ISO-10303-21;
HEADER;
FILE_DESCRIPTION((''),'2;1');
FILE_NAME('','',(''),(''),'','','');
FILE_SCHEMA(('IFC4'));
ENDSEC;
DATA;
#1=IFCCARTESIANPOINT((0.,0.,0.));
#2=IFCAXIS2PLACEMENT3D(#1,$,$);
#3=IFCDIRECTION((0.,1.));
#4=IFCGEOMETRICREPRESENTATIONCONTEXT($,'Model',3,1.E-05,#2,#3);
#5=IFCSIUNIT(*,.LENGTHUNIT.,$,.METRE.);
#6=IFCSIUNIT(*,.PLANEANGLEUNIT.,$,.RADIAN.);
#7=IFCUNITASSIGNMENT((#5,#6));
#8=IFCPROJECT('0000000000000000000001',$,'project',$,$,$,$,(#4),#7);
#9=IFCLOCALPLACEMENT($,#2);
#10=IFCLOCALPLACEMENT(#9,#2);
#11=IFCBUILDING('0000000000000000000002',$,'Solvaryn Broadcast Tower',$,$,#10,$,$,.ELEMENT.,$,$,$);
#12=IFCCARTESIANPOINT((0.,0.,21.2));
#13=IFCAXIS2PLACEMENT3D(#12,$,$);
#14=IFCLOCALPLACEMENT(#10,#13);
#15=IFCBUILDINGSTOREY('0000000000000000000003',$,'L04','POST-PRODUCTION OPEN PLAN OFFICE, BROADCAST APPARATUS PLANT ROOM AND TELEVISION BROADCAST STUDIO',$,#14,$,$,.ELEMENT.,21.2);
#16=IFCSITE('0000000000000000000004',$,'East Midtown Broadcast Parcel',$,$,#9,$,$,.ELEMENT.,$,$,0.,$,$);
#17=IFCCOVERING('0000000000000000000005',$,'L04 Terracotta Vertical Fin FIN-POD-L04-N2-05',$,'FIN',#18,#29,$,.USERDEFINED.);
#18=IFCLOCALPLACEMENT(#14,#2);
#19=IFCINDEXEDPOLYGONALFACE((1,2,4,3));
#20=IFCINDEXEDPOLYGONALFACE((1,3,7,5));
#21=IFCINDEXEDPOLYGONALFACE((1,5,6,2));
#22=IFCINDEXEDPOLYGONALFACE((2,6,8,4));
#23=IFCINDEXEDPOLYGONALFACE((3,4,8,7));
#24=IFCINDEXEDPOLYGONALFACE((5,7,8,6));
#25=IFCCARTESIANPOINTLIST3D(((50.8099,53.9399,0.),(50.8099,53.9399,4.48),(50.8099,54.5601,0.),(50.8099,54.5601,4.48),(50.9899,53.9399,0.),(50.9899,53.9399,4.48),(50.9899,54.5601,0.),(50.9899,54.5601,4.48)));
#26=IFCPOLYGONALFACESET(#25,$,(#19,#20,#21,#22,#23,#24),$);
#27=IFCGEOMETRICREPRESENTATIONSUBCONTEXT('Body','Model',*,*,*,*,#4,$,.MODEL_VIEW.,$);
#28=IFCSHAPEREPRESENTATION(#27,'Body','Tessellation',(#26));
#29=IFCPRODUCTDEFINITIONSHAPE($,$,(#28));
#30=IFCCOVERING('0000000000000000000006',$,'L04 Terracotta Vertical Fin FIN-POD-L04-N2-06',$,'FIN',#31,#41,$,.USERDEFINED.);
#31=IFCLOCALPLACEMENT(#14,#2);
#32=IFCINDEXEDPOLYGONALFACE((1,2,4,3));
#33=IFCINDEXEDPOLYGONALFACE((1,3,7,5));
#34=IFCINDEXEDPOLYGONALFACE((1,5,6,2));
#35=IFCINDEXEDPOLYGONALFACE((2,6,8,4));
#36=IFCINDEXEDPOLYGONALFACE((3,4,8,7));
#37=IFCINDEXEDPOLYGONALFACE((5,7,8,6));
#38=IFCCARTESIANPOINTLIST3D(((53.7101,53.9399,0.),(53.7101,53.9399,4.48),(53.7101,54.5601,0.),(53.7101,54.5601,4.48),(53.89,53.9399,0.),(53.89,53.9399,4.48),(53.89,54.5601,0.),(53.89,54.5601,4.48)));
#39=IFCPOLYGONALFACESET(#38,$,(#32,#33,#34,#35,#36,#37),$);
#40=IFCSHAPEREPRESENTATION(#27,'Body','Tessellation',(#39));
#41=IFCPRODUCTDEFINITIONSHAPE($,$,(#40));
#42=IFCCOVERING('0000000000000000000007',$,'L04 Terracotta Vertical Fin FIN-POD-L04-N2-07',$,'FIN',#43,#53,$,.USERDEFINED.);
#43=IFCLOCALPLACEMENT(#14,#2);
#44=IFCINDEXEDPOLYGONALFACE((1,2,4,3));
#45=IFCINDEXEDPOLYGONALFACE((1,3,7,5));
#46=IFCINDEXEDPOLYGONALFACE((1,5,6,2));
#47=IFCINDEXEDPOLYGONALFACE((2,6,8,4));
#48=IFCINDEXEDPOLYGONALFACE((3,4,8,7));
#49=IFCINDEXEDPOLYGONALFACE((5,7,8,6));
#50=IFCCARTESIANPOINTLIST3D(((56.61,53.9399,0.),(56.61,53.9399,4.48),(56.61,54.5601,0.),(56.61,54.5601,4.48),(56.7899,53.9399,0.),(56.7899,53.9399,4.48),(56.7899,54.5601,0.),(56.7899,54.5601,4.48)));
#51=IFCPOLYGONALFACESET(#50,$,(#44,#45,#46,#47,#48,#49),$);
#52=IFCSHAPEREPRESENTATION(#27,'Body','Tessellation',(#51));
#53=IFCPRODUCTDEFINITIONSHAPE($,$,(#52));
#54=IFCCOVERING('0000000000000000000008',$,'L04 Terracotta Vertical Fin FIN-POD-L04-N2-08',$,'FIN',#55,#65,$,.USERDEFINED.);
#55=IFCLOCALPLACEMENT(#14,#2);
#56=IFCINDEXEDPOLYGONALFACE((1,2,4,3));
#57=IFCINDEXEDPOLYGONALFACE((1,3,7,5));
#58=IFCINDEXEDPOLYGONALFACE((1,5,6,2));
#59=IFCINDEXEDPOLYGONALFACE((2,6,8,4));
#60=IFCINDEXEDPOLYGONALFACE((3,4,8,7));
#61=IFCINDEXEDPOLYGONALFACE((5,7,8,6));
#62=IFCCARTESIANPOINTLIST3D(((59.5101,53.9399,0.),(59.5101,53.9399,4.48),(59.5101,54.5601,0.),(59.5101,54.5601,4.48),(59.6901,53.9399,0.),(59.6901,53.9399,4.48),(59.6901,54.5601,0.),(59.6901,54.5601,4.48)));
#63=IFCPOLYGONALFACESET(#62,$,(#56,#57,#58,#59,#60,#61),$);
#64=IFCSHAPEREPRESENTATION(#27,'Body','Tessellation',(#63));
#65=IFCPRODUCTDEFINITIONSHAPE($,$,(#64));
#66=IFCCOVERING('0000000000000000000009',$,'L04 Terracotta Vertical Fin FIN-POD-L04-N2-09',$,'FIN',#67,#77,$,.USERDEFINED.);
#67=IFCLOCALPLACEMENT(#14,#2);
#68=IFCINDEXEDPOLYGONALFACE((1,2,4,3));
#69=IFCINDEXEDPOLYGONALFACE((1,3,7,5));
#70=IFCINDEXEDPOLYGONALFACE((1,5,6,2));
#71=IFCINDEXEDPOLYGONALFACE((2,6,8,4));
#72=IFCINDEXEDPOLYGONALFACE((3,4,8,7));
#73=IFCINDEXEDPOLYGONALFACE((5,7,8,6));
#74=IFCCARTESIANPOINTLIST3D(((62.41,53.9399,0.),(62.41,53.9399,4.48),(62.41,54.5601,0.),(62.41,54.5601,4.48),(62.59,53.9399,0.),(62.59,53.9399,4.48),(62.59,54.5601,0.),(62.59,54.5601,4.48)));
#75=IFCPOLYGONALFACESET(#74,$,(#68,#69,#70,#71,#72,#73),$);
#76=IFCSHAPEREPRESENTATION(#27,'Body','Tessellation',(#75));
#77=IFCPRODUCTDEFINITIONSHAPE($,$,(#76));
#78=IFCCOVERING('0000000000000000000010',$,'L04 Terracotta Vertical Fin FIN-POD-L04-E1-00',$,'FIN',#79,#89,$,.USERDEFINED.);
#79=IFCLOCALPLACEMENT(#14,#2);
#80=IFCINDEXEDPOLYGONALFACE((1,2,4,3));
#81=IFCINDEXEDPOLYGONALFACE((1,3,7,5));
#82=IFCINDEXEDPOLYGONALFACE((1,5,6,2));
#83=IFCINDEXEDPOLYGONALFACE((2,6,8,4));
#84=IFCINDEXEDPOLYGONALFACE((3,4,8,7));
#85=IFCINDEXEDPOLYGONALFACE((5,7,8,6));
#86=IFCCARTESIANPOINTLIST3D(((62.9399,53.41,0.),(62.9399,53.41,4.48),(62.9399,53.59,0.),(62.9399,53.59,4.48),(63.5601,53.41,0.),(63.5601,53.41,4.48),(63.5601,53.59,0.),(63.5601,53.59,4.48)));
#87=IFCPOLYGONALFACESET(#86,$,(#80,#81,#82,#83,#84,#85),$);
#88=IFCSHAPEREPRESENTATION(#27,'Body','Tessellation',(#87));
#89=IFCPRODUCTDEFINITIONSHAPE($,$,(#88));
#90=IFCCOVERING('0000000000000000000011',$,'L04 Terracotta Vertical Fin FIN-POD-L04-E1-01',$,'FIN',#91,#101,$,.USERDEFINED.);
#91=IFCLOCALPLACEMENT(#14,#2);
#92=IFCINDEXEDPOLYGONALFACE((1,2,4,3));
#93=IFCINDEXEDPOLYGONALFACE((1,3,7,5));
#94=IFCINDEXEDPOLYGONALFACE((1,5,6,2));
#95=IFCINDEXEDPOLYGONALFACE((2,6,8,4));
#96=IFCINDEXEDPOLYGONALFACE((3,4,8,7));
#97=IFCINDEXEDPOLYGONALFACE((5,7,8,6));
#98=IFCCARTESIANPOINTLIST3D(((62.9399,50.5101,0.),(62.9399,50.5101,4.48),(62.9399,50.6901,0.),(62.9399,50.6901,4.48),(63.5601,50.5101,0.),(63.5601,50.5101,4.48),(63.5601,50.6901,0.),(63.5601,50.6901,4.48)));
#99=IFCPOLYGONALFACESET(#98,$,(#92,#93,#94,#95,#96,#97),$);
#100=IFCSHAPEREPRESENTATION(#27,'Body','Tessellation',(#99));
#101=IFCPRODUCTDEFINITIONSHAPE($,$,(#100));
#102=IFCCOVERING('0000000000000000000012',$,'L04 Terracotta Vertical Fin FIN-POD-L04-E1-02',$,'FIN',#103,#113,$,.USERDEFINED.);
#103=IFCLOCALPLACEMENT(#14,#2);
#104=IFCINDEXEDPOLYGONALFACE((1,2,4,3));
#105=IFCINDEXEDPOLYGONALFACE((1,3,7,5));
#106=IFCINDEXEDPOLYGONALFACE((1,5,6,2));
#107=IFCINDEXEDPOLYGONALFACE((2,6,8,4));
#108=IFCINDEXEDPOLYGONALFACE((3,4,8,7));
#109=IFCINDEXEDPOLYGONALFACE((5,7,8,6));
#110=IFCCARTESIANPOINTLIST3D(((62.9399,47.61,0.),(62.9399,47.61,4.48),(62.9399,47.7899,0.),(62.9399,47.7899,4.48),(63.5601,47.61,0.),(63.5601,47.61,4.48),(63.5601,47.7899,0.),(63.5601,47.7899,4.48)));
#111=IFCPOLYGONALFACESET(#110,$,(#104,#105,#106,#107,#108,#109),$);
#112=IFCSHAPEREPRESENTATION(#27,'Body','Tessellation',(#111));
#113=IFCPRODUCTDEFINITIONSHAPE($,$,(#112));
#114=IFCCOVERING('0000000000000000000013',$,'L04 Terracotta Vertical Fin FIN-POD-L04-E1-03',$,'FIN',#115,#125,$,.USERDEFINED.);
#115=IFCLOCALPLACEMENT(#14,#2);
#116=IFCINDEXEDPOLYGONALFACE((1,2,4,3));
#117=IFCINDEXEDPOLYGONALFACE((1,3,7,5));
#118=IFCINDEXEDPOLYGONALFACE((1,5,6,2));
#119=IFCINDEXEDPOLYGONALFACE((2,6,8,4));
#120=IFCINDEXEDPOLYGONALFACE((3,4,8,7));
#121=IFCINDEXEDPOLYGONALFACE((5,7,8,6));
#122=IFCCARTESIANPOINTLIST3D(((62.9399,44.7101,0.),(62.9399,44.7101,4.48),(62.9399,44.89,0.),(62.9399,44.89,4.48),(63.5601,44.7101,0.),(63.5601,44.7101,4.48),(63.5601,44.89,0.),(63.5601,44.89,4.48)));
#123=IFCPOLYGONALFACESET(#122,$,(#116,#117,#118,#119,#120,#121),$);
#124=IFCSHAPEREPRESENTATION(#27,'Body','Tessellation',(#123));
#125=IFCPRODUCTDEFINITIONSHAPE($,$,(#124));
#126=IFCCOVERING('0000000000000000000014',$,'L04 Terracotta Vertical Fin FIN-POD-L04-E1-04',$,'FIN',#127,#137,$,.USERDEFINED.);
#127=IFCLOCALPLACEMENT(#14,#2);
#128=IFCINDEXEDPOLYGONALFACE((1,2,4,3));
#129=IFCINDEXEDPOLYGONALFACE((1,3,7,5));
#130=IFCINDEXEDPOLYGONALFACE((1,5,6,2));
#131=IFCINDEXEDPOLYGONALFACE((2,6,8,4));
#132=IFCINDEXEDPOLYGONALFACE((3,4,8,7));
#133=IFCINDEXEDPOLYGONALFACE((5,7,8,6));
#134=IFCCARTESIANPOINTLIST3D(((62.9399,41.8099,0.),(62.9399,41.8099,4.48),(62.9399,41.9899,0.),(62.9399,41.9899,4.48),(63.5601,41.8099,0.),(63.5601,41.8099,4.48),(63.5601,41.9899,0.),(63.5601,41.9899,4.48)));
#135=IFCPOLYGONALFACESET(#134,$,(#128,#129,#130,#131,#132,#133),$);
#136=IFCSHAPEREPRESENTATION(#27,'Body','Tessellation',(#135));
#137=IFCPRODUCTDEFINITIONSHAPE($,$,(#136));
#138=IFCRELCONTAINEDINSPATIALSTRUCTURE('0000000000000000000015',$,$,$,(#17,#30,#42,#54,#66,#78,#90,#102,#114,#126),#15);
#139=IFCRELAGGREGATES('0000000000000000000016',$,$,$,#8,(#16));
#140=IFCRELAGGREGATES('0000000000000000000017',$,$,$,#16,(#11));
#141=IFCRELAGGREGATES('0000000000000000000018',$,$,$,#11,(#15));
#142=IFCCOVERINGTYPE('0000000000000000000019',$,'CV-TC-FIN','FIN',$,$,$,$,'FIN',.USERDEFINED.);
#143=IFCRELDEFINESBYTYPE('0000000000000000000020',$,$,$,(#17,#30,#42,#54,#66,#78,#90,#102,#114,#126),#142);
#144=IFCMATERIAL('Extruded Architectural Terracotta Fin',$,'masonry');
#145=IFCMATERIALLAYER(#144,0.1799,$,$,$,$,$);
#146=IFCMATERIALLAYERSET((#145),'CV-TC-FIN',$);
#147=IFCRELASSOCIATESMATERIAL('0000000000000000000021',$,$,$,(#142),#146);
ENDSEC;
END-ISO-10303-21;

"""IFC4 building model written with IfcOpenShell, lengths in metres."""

from ifc_helpers import new_model, si_unit, direction, frame, origin, origin_2d, place, context, subcontext, project, spatial, rectangle, extrude, material, layer, layer_set, type_object, element, save


model = new_model("IFC4")

# Units and contexts
model_context = context("Model", 3, precision=1e-05, world=origin(), true_north=direction((0.0, 1.0)))
body_context = subcontext(model_context, "Body", "Model", "MODEL_VIEW")
ifc_project = project(units=[si_unit("LENGTHUNIT", "METRE"), si_unit("PLANEANGLEUNIT", "RADIAN")], contexts=[model_context])

# Site, building, storey
site_placement = place(None, origin())
site = spatial("IfcSite", under=ifc_project, at=site_placement, Name="East Midtown Broadcast Parcel", CompositionType="ELEMENT", RefElevation=0.0)
building_placement = place(site_placement, origin())
building = spatial("IfcBuilding", under=site, at=building_placement, Name="Solvaryn Broadcast Tower", CompositionType="ELEMENT")
storey_placement = place(building_placement, frame((0.0, 0.0, 21.2)))
storey = spatial("IfcBuildingStorey", under=building, at=storey_placement, Name="L04", Description="POST-PRODUCTION OPEN PLAN OFFICE, BROADCAST APPARATUS PLANT ROOM AND TELEVISION BROADCAST STUDIO", CompositionType="ELEMENT", Elevation=21.2)

# Coverings
ifc_material_1 = material(Name="Extruded Architectural Terracotta Fin", Category="masonry")
ifc_layer_1 = layer(ifc_material_1, 0.1799)
ifc_layer_set_1 = layer_set([ifc_layer_1], Name="CV-TC-FIN")
covering_type = type_object("IfcCoveringType", Name="CV-TC-FIN", Description="FIN", ElementType="FIN", PredefinedType="USERDEFINED", material=ifc_layer_set_1)
for number, where, z_axis, x_axis, name in (
    (1, (50.8999, 54.25, 0.0), (0.0, 0.0, 1.0), (1.0, 0.0, 0.0), "L04 Terracotta Vertical Fin FIN-POD-L04-N2-05"),
    (2, (53.8, 54.25, 0.0), (0.0, 0.0, 1.0), (1.0, 0.0, 0.0), "L04 Terracotta Vertical Fin FIN-POD-L04-N2-06"),
    (3, (56.7, 54.25, 0.0), (0.0, 0.0, 1.0), (1.0, 0.0, 0.0), "L04 Terracotta Vertical Fin FIN-POD-L04-N2-07"),
    (4, (59.6001, 54.25, 0.0), (0.0, 0.0, 1.0), (1.0, 0.0, 0.0), "L04 Terracotta Vertical Fin FIN-POD-L04-N2-08"),
    (5, (62.5, 54.25, 0.0), (0.0, 0.0, 1.0), (1.0, 0.0, 0.0), "L04 Terracotta Vertical Fin FIN-POD-L04-N2-09"),
):
    element("IfcCovering", number, at=place(storey_placement, frame(where, z_axis=z_axis, x_axis=x_axis)), inside=storey, type_object=covering_type, Name=name, ObjectType="FIN", PredefinedType="USERDEFINED", context=body_context, shape_type="SweptSolid", body=[
        extrude(rectangle(XDim=0.1799, YDim=0.6201, at=origin_2d()), origin(), (0.0, 0.0, 1.0), 4.48),
    ])
for number, where, z_axis, x_axis, name in (
    (6, (63.25, 53.5, 0.0), (0.0, 0.0, 1.0), (1.0, 0.0, 0.0), "L04 Terracotta Vertical Fin FIN-POD-L04-E1-00"),
    (7, (63.25, 50.6001, 0.0), (0.0, 0.0, 1.0), (1.0, 0.0, 0.0), "L04 Terracotta Vertical Fin FIN-POD-L04-E1-01"),
    (8, (63.25, 47.7, 0.0), (0.0, 0.0, 1.0), (1.0, 0.0, 0.0), "L04 Terracotta Vertical Fin FIN-POD-L04-E1-02"),
    (9, (63.25, 44.8, 0.0), (0.0, 0.0, 1.0), (1.0, 0.0, 0.0), "L04 Terracotta Vertical Fin FIN-POD-L04-E1-03"),
    (10, (63.25, 41.8999, 0.0), (0.0, 0.0, 1.0), (1.0, 0.0, 0.0), "L04 Terracotta Vertical Fin FIN-POD-L04-E1-04"),
):
    element("IfcCovering", number, at=place(storey_placement, frame(where, z_axis=z_axis, x_axis=x_axis)), inside=storey, type_object=covering_type, Name=name, ObjectType="FIN", PredefinedType="USERDEFINED", context=body_context, shape_type="SweptSolid", body=[
        extrude(rectangle(XDim=0.6201, YDim=0.1799, at=origin_2d()), origin(), (0.0, 0.0, 1.0), 4.48),
    ])

save(model, "model.ifc")
